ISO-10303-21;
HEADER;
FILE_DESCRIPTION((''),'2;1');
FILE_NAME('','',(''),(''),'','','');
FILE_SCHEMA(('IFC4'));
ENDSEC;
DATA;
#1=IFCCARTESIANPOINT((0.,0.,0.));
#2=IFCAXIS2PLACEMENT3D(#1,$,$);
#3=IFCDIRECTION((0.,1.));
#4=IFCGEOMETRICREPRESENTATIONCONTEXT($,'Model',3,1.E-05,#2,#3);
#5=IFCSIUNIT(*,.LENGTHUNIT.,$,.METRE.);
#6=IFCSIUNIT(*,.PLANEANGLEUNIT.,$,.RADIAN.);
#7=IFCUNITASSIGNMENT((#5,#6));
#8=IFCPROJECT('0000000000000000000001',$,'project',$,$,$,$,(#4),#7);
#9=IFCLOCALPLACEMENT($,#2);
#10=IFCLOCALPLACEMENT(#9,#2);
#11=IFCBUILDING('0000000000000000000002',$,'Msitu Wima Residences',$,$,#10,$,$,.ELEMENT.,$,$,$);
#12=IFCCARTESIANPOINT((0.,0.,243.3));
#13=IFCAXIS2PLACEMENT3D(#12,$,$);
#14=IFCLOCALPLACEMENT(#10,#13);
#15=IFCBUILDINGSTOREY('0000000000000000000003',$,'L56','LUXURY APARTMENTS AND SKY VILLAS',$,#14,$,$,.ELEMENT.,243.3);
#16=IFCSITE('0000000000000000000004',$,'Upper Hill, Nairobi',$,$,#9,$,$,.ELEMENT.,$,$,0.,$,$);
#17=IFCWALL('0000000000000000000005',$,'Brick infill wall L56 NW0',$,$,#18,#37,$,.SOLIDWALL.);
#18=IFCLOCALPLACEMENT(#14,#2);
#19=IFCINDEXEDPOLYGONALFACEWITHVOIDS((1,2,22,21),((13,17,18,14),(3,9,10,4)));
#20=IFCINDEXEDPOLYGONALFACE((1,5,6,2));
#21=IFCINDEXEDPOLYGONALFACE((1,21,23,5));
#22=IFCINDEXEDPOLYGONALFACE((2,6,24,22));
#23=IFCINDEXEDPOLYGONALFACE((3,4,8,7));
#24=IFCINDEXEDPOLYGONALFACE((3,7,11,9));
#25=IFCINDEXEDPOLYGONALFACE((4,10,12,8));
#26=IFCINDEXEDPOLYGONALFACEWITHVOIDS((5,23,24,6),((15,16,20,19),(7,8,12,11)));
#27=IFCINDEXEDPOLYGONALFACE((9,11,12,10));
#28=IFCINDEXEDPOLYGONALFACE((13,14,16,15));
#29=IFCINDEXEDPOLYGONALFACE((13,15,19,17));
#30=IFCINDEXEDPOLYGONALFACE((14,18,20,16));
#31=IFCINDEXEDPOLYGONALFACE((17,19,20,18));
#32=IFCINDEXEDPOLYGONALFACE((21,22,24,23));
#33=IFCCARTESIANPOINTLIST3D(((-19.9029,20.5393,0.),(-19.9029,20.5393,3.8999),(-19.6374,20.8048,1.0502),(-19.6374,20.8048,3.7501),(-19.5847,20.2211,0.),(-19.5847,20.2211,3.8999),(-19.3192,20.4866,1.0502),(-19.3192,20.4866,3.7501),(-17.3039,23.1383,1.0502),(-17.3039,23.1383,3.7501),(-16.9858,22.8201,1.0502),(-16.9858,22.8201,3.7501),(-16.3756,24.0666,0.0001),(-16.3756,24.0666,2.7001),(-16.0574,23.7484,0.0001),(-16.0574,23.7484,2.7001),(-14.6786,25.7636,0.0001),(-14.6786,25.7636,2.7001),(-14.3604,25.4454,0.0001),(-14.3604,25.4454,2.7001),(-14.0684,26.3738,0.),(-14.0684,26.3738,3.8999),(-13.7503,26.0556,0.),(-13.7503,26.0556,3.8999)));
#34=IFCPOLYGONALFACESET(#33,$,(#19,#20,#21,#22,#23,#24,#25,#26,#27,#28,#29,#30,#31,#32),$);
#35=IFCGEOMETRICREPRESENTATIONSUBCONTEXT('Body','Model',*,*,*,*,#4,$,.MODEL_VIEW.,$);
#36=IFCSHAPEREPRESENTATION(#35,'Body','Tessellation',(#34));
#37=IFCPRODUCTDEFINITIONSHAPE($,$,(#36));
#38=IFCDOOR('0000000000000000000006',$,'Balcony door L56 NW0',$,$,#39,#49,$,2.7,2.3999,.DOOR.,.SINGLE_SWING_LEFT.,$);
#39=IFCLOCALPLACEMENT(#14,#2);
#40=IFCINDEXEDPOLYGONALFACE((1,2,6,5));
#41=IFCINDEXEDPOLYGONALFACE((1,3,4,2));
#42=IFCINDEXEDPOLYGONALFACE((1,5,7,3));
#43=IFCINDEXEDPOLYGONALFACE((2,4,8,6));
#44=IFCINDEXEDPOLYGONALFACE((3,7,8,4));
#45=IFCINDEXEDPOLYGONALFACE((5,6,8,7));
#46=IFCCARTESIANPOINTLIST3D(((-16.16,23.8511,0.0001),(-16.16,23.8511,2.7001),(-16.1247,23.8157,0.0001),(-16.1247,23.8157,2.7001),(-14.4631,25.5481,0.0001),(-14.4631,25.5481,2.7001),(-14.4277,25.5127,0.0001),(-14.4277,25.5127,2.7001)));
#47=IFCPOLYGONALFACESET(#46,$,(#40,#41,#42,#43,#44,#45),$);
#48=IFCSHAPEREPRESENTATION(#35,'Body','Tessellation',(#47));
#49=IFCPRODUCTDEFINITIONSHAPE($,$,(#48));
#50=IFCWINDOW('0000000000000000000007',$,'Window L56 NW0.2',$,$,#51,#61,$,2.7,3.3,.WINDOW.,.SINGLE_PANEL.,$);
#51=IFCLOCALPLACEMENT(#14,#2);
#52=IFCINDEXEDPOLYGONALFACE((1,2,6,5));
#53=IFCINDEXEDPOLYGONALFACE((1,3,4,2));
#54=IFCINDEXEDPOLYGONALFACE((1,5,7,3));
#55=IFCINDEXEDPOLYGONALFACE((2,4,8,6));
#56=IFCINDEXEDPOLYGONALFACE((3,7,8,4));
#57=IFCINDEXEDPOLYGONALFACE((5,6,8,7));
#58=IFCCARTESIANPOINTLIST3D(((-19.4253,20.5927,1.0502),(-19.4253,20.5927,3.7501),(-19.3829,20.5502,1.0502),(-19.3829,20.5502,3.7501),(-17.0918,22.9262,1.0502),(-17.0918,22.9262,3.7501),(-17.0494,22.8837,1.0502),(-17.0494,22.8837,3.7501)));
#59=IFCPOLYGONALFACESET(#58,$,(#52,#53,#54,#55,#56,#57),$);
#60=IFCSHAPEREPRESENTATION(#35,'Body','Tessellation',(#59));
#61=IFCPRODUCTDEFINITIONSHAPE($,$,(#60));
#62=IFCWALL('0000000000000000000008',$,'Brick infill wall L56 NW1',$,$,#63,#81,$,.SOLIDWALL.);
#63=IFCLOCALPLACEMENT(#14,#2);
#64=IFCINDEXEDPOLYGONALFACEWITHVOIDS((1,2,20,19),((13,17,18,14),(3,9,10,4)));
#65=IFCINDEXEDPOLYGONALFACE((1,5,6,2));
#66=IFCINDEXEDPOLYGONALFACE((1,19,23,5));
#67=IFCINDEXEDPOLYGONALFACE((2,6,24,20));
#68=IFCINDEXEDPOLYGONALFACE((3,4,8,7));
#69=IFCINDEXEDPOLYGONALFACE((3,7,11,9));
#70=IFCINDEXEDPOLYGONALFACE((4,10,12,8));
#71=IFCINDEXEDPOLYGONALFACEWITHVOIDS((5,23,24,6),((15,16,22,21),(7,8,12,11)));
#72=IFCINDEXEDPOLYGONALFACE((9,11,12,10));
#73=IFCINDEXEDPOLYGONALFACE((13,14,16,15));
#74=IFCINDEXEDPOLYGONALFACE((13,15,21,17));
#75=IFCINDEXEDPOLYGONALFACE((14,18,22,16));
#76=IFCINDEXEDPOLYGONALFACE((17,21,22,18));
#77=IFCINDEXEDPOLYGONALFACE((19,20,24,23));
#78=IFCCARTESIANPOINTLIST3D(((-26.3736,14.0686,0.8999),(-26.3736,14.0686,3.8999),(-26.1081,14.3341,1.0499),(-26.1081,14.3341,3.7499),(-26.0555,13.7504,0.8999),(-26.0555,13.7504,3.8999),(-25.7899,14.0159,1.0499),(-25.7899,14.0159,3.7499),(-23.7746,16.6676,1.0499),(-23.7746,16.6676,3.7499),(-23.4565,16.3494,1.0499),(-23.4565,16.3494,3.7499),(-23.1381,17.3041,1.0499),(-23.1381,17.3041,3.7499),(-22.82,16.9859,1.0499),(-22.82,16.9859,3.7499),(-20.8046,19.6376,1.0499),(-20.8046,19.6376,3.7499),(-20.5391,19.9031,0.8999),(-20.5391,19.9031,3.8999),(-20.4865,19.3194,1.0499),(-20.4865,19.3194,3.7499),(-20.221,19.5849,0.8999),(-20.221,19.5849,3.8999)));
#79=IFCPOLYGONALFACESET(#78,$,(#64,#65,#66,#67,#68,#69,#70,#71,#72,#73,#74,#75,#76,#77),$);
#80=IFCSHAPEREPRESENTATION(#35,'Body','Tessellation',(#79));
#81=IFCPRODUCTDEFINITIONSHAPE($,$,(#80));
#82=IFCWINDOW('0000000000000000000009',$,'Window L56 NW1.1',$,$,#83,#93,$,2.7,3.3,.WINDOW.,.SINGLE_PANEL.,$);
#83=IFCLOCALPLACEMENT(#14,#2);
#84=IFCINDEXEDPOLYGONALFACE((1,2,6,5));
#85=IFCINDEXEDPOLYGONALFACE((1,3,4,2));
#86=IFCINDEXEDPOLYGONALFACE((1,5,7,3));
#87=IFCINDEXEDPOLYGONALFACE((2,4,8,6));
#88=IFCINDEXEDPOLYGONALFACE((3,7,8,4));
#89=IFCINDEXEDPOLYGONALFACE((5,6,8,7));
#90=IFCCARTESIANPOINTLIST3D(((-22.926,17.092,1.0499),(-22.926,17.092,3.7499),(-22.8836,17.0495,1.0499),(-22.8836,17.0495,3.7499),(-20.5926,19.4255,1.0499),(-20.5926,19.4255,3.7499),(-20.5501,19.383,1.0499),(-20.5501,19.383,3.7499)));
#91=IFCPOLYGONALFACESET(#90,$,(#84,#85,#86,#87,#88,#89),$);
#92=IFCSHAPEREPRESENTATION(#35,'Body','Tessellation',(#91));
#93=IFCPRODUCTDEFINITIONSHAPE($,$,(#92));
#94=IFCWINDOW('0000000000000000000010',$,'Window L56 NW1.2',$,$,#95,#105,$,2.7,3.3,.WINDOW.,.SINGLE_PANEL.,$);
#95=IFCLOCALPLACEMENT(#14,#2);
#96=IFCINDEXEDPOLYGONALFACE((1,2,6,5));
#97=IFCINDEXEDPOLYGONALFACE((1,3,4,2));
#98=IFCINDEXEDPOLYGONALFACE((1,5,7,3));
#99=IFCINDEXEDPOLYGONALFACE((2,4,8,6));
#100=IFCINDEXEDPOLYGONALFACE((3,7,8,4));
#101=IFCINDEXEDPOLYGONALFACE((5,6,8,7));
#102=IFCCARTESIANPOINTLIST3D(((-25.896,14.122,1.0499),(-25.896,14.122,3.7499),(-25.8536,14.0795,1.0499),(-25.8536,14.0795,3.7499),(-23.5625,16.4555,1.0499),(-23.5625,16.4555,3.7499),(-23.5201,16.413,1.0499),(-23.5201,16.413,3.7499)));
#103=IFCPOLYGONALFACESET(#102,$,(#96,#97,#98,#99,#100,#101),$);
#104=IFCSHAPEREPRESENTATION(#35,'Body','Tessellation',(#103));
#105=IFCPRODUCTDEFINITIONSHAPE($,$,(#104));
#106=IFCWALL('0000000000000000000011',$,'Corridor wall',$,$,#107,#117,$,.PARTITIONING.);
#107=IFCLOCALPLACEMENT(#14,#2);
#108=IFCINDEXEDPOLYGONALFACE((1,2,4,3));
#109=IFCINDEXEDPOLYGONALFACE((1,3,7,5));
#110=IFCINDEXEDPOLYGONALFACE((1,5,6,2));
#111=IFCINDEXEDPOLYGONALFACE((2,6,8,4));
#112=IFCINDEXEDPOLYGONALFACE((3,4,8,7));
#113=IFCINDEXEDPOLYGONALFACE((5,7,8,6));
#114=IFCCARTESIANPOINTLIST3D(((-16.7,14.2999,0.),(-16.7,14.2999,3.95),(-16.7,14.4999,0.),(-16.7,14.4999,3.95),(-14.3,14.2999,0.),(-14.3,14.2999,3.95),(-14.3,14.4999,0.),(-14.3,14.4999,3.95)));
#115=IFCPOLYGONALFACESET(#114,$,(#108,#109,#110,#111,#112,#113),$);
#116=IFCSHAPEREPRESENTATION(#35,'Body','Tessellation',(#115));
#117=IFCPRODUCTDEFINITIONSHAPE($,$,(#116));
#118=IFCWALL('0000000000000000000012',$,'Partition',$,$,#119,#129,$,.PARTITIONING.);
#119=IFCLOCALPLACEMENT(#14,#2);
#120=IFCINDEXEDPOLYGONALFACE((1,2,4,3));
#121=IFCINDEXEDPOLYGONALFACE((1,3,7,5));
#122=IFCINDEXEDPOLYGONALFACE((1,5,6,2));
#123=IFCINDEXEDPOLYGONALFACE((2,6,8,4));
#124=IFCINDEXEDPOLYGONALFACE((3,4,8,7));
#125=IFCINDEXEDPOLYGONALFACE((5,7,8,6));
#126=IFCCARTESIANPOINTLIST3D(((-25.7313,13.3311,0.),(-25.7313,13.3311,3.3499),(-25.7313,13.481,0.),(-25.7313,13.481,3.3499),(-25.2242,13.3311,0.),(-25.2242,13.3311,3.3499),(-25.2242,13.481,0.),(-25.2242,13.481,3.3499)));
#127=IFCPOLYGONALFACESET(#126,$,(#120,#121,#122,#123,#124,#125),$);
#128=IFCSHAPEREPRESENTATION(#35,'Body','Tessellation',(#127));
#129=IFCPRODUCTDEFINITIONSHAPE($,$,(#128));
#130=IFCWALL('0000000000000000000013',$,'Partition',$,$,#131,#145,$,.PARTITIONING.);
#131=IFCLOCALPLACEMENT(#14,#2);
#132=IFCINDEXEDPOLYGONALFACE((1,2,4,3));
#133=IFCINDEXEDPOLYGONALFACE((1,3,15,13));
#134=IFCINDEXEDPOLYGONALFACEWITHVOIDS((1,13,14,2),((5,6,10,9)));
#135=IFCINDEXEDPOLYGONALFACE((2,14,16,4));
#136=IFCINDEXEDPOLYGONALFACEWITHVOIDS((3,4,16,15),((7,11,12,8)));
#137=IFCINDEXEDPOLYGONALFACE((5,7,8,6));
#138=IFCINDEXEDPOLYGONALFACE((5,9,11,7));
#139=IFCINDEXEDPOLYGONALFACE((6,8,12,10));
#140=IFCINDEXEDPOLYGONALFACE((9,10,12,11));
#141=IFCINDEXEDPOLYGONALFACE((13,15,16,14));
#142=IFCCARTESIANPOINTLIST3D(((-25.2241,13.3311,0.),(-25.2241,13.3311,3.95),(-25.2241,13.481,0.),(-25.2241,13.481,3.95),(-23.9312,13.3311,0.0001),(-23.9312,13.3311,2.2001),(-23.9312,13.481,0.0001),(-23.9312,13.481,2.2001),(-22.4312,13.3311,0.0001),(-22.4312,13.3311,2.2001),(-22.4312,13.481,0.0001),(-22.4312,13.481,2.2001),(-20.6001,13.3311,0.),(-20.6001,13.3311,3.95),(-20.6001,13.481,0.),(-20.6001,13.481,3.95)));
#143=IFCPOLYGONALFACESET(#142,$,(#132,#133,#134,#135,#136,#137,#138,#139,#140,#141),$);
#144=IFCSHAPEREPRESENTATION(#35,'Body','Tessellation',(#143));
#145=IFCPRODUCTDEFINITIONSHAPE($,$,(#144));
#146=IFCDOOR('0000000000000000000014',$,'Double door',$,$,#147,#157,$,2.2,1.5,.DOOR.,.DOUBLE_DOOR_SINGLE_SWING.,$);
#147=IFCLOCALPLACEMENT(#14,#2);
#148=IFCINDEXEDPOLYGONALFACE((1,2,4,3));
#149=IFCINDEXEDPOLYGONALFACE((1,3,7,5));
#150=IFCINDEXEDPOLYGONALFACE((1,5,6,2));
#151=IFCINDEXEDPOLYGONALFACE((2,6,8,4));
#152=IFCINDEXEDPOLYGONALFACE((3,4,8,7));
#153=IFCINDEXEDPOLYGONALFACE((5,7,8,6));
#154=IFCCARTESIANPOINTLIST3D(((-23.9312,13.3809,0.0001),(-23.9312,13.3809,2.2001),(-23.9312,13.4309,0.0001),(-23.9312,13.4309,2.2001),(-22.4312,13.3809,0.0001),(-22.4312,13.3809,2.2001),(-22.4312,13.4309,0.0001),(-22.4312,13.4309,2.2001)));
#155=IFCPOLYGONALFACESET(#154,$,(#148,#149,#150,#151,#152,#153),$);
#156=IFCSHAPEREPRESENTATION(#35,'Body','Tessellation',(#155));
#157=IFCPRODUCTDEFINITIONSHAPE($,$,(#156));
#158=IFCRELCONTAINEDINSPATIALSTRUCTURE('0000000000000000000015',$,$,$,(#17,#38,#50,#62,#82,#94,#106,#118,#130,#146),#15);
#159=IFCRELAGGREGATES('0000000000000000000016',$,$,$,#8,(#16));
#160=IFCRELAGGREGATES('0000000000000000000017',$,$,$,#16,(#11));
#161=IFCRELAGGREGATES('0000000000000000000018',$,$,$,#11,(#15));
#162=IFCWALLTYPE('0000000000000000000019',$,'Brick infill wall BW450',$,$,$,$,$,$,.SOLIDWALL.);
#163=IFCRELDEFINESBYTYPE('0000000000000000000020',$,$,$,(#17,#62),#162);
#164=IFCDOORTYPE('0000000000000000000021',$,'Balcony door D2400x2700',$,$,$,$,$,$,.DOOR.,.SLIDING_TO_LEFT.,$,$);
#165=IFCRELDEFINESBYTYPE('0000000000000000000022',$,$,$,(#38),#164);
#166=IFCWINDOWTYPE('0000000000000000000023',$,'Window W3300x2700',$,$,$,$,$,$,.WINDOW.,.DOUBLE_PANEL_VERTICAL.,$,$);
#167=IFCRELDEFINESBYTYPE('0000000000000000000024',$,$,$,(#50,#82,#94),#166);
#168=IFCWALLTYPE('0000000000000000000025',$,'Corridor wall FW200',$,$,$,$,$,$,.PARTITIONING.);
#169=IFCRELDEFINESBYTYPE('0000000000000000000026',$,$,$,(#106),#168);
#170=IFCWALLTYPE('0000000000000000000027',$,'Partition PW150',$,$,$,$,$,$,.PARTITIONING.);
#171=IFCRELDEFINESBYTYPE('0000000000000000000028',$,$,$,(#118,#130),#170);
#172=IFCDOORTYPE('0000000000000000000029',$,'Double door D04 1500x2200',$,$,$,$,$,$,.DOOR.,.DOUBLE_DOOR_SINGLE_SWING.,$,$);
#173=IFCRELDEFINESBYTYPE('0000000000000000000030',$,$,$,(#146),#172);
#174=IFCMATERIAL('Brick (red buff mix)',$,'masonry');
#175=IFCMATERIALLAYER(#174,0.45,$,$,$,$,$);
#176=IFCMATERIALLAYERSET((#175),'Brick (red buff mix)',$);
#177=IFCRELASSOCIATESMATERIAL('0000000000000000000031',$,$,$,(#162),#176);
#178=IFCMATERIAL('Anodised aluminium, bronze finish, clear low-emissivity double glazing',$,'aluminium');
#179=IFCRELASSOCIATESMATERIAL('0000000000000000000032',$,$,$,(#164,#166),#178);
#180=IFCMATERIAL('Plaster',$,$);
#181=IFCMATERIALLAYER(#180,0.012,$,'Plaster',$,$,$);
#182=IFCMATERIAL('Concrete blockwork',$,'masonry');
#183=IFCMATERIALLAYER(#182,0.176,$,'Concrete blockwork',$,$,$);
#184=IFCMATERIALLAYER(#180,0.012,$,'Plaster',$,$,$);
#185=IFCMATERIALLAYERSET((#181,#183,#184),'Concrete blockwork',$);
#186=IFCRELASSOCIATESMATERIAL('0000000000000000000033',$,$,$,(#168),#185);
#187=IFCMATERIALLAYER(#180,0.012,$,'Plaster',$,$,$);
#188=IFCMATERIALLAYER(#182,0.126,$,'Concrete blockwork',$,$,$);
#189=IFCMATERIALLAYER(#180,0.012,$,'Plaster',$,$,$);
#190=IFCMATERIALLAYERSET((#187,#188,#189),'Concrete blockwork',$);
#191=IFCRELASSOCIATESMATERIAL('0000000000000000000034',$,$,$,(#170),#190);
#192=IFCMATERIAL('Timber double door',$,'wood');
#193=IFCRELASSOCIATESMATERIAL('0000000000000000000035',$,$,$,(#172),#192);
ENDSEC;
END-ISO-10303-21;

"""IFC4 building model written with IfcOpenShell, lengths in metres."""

from ifc_helpers import new_model, si_unit, direction, frame, frame_2d, origin, place, context, subcontext, project, spatial, rectangle, extrude, material, layer, layer_set, type_object, element, fill, save


model = new_model("IFC4")

# Units and contexts
model_context = context("Model", 3, precision=1e-05, world=origin(), true_north=direction((0.0, 1.0)))
body_context = subcontext(model_context, "Body", "Model", "MODEL_VIEW")
ifc_project = project(units=[si_unit("LENGTHUNIT", "METRE"), si_unit("PLANEANGLEUNIT", "RADIAN")], contexts=[model_context])

# Site, building, storey
site_placement = place(None, origin())
site = spatial("IfcSite", under=ifc_project, at=site_placement, Name="Upper Hill, Nairobi", CompositionType="ELEMENT", RefElevation=0.0)
building_placement = place(site_placement, origin())
building = spatial("IfcBuilding", under=site, at=building_placement, Name="Msitu Wima Residences", CompositionType="ELEMENT")
storey_placement = place(building_placement, frame((0.0, 0.0, 243.3)))
storey = spatial("IfcBuildingStorey", under=building, at=storey_placement, Name="L56", Description="LUXURY APARTMENTS AND SKY VILLAS", CompositionType="ELEMENT", Elevation=243.3)

# Wall, openings, door, window
ifc_material_1 = material(Name="Brick (red buff mix)", Category="masonry")
ifc_layer_1 = layer(ifc_material_1, 0.45)
ifc_layer_set_1 = layer_set([ifc_layer_1], Name="Brick (red buff mix)")
wall_type_1 = type_object("IfcWallType", Name="Brick infill wall BW450", PredefinedType="SOLIDWALL", material=ifc_layer_set_1)
wall_1_placement = place(storey_placement, frame((-13.9094, 26.2146, 0.0), z_axis=(0.0, 0.0, 1.0), x_axis=(-0.707107, -0.707107, 0.0)))
wall_1 = element("IfcWall", 1, at=wall_1_placement, inside=storey, type_object=wall_type_1, Name="Brick infill wall L56 NW0", PredefinedType="SOLIDWALL", context=body_context, shape_type="SweptSolid", body=[
    extrude(rectangle(XDim=8.2512, YDim=0.45, at=frame_2d((4.1255, 0.0))), origin(), (0.0, 0.0, 1.0), 3.8999),
])
opening_1_placement = place(wall_1_placement, frame((0.8628, 0.0, 0.0)))
opening_1 = element("IfcOpeningElement", 2, at=opening_1_placement, cuts=wall_1, PredefinedType="OPENING", context=body_context, shape_type="SweptSolid", body=[
    extrude(rectangle(XDim=2.3999, YDim=2.7, at=frame_2d((1.2, 1.3501))), frame((0.0, 0.2349, 0.0), z_axis=(0.0, -1.0, 0.0), x_axis=(1.0, 0.0, 0.0)), (0.0, 0.0, 1.0), 0.47),
])
opening_2_placement = place(wall_1_placement, frame((4.5757, 0.0, 1.05)))
opening_2 = element("IfcOpeningElement", 3, at=opening_2_placement, cuts=wall_1, PredefinedType="OPENING", context=body_context, shape_type="SweptSolid", body=[
    extrude(rectangle(XDim=3.3, YDim=2.7, at=frame_2d((1.6499, 1.3501))), frame((0.0, 0.2349, 0.0), z_axis=(0.0, -1.0, 0.0), x_axis=(1.0, 0.0, 0.0)), (0.0, 0.0, 1.0), 0.47),
])
ifc_material_2 = material(Name="Anodised aluminium, bronze finish, clear low-emissivity double glazing", Category="aluminium")
door_type_1 = type_object("IfcDoorType", Name="Balcony door D2400x2700", OperationType="SLIDING_TO_LEFT", PredefinedType="DOOR", material=ifc_material_2)
door_1_placement = place(opening_1_placement, origin())
door_1 = element("IfcDoor", 4, at=door_1_placement, inside=storey, type_object=door_type_1, Name="Balcony door L56 NW0", OperationType="SINGLE_SWING_LEFT", OverallHeight=2.7, OverallWidth=2.3999, PredefinedType="DOOR", context=body_context, shape_type="SweptSolid", body=[
    extrude(rectangle(XDim=2.3999, YDim=2.7, at=frame_2d((1.2, 1.3501))), frame((0.0, 0.1299, 0.0), z_axis=(0.0, -1.0, 0.0), x_axis=(1.0, 0.0, 0.0)), (0.0, 0.0, 1.0), 0.05),
])
fill(opening_1, door_1)
window_type = type_object("IfcWindowType", Name="Window W3300x2700", PartitioningType="DOUBLE_PANEL_VERTICAL", PredefinedType="WINDOW", material=ifc_material_2)
window_1_placement = place(opening_2_placement, origin())
window_1 = element("IfcWindow", 5, at=window_1_placement, inside=storey, type_object=window_type, Name="Window L56 NW0.2", OverallHeight=2.7, OverallWidth=3.3, PartitioningType="SINGLE_PANEL", PredefinedType="WINDOW", context=body_context, shape_type="SweptSolid", body=[
    extrude(rectangle(XDim=3.3, YDim=2.7, at=frame_2d((1.6499, 1.3501))), frame((0.0, 0.135, 0.0), z_axis=(0.0, -1.0, 0.0), x_axis=(1.0, 0.0, 0.0)), (0.0, 0.0, 1.0), 0.0601),
])
fill(opening_2, window_1)

# Wall, openings, windows
wall_2_placement = place(storey_placement, frame((-20.3801, 19.7439, 0.8999), z_axis=(0.0, 0.0, 1.0), x_axis=(-0.707107, -0.707107, 0.0)))
wall_2 = element("IfcWall", 6, at=wall_2_placement, inside=storey, type_object=wall_type_1, Name="Brick infill wall L56 NW1", PredefinedType="SOLIDWALL", context=body_context, shape_type="SweptSolid", body=[
    extrude(rectangle(XDim=8.2512, YDim=0.45, at=frame_2d((4.1255, 0.0))), origin(), (0.0, 0.0, 1.0), 3.0),
])
opening_3_placement = place(wall_2_placement, frame((0.3755, 0.0, 0.1499)))
opening_3 = element("IfcOpeningElement", 7, at=opening_3_placement, cuts=wall_2, PredefinedType="OPENING", context=body_context, shape_type="SweptSolid", body=[
    extrude(rectangle(XDim=3.3, YDim=2.7, at=frame_2d((1.6499, 1.3501))), frame((0.0, 0.2349, 0.0), z_axis=(0.0, -1.0, 0.0), x_axis=(1.0, 0.0, 0.0)), (0.0, 0.0, 1.0), 0.47),
])
opening_4_placement = place(wall_2_placement, frame((4.5757, 0.0, 0.1499)))
opening_4 = element("IfcOpeningElement", 8, at=opening_4_placement, cuts=wall_2, PredefinedType="OPENING", context=body_context, shape_type="SweptSolid", body=[
    extrude(rectangle(XDim=3.3, YDim=2.7, at=frame_2d((1.6499, 1.3501))), frame((0.0, 0.2349, 0.0), z_axis=(0.0, -1.0, 0.0), x_axis=(1.0, 0.0, 0.0)), (0.0, 0.0, 1.0), 0.47),
])
window_2_placement = place(opening_3_placement, origin())
window_2 = element("IfcWindow", 9, at=window_2_placement, inside=storey, type_object=window_type, Name="Window L56 NW1.1", OverallHeight=2.7, OverallWidth=3.3, PartitioningType="SINGLE_PANEL", PredefinedType="WINDOW", context=body_context, shape_type="SweptSolid", body=[
    extrude(rectangle(XDim=3.3, YDim=2.7, at=frame_2d((1.6499, 1.3501))), frame((0.0, 0.135, 0.0), z_axis=(0.0, -1.0, 0.0), x_axis=(1.0, 0.0, 0.0)), (0.0, 0.0, 1.0), 0.0601),
])
fill(opening_3, window_2)
window_3_placement = place(opening_4_placement, origin())
window_3 = element("IfcWindow", 10, at=window_3_placement, inside=storey, type_object=window_type, Name="Window L56 NW1.2", OverallHeight=2.7, OverallWidth=3.3, PartitioningType="SINGLE_PANEL", PredefinedType="WINDOW", context=body_context, shape_type="SweptSolid", body=[
    extrude(rectangle(XDim=3.3, YDim=2.7, at=frame_2d((1.6499, 1.3501))), frame((0.0, 0.135, 0.0), z_axis=(0.0, -1.0, 0.0), x_axis=(1.0, 0.0, 0.0)), (0.0, 0.0, 1.0), 0.0601),
])
fill(opening_4, window_3)

# Walls
ifc_material_3 = material(Name="Plaster")
ifc_layer_2 = layer(ifc_material_3, 0.012, Name="Plaster")
ifc_material_4 = material(Name="Concrete blockwork", Category="masonry")
ifc_layer_3 = layer(ifc_material_4, 0.176, Name="Concrete blockwork")
ifc_layer_4 = layer(ifc_material_3, 0.012, Name="Plaster")
ifc_layer_set_2 = layer_set([ifc_layer_2, ifc_layer_3, ifc_layer_4], Name="Concrete blockwork")
wall_type_2 = type_object("IfcWallType", Name="Corridor wall FW200", PredefinedType="PARTITIONING", material=ifc_layer_set_2)
wall_3_placement = place(storey_placement, frame((-16.7, 14.3999, 0.0), z_axis=(0.0, 0.0, 1.0), x_axis=(1.0, 0.0, 0.0)))
element("IfcWall", 11, at=wall_3_placement, inside=storey, type_object=wall_type_2, Name="Corridor wall", PredefinedType="PARTITIONING", context=body_context, shape_type="SweptSolid", body=[
    extrude(rectangle(XDim=2.3999, YDim=0.2, at=frame_2d((1.2, 0.0))), origin(), (0.0, 0.0, 1.0), 3.95),
])
ifc_layer_5 = layer(ifc_material_3, 0.012, Name="Plaster")
ifc_layer_6 = layer(ifc_material_4, 0.126, Name="Concrete blockwork")
ifc_layer_7 = layer(ifc_material_3, 0.012, Name="Plaster")
ifc_layer_set_3 = layer_set([ifc_layer_5, ifc_layer_6, ifc_layer_7], Name="Concrete blockwork")
wall_type_3 = type_object("IfcWallType", Name="Partition PW150", PredefinedType="PARTITIONING", material=ifc_layer_set_3)
wall_4_placement = place(storey_placement, frame((-25.7312, 13.406, 0.0), z_axis=(0.0, 0.0, 1.0), x_axis=(1.0, 0.0, 0.0)))
element("IfcWall", 12, at=wall_4_placement, inside=storey, type_object=wall_type_3, Name="Partition", PredefinedType="PARTITIONING", context=body_context, shape_type="SweptSolid", body=[
    extrude(rectangle(XDim=0.5071, YDim=0.1499, at=frame_2d((0.2534, 0.0))), origin(), (0.0, 0.0, 1.0), 3.3499),
])

# Wall, opening, door
wall_5_placement = place(storey_placement, frame((-25.2241, 13.406, 0.0), z_axis=(0.0, 0.0, 1.0), x_axis=(1.0, 0.0, 0.0)))
wall_5 = element("IfcWall", 13, at=wall_5_placement, inside=storey, type_object=wall_type_3, Name="Partition", PredefinedType="PARTITIONING", context=body_context, shape_type="SweptSolid", body=[
    extrude(rectangle(XDim=4.624, YDim=0.1499, at=frame_2d((2.312, 0.0))), origin(), (0.0, 0.0, 1.0), 3.95),
])
opening_5_placement = place(wall_5_placement, frame((1.293, 0.0, 0.0)))
opening_5 = element("IfcOpeningElement", 14, at=opening_5_placement, cuts=wall_5, PredefinedType="OPENING", context=body_context, shape_type="SweptSolid", body=[
    extrude(rectangle(XDim=1.5, YDim=2.2, at=frame_2d((0.75, 1.1001))), frame((0.0, 0.085, 0.0), z_axis=(0.0, -1.0, 0.0), x_axis=(1.0, 0.0, 0.0)), (0.0, 0.0, 1.0), 0.1699),
])
ifc_material_5 = material(Name="Timber double door", Category="wood")
door_type_2 = type_object("IfcDoorType", Name="Double door D04 1500x2200", OperationType="DOUBLE_DOOR_SINGLE_SWING", PredefinedType="DOOR", material=ifc_material_5)
door_2_placement = place(opening_5_placement, origin())
door_2 = element("IfcDoor", 15, at=door_2_placement, inside=storey, type_object=door_type_2, Name="Double door", OperationType="DOUBLE_DOOR_SINGLE_SWING", OverallHeight=2.2, OverallWidth=1.5, PredefinedType="DOOR", context=body_context, shape_type="SweptSolid", body=[
    extrude(rectangle(XDim=1.5, YDim=2.2, at=frame_2d((0.75, 1.1001))), frame((0.0, 0.0249, 0.0), z_axis=(0.0, -1.0, 0.0), x_axis=(1.0, 0.0, 0.0)), (0.0, 0.0, 1.0), 0.05),
])
fill(opening_5, door_2)

save(model, "model.ifc")
